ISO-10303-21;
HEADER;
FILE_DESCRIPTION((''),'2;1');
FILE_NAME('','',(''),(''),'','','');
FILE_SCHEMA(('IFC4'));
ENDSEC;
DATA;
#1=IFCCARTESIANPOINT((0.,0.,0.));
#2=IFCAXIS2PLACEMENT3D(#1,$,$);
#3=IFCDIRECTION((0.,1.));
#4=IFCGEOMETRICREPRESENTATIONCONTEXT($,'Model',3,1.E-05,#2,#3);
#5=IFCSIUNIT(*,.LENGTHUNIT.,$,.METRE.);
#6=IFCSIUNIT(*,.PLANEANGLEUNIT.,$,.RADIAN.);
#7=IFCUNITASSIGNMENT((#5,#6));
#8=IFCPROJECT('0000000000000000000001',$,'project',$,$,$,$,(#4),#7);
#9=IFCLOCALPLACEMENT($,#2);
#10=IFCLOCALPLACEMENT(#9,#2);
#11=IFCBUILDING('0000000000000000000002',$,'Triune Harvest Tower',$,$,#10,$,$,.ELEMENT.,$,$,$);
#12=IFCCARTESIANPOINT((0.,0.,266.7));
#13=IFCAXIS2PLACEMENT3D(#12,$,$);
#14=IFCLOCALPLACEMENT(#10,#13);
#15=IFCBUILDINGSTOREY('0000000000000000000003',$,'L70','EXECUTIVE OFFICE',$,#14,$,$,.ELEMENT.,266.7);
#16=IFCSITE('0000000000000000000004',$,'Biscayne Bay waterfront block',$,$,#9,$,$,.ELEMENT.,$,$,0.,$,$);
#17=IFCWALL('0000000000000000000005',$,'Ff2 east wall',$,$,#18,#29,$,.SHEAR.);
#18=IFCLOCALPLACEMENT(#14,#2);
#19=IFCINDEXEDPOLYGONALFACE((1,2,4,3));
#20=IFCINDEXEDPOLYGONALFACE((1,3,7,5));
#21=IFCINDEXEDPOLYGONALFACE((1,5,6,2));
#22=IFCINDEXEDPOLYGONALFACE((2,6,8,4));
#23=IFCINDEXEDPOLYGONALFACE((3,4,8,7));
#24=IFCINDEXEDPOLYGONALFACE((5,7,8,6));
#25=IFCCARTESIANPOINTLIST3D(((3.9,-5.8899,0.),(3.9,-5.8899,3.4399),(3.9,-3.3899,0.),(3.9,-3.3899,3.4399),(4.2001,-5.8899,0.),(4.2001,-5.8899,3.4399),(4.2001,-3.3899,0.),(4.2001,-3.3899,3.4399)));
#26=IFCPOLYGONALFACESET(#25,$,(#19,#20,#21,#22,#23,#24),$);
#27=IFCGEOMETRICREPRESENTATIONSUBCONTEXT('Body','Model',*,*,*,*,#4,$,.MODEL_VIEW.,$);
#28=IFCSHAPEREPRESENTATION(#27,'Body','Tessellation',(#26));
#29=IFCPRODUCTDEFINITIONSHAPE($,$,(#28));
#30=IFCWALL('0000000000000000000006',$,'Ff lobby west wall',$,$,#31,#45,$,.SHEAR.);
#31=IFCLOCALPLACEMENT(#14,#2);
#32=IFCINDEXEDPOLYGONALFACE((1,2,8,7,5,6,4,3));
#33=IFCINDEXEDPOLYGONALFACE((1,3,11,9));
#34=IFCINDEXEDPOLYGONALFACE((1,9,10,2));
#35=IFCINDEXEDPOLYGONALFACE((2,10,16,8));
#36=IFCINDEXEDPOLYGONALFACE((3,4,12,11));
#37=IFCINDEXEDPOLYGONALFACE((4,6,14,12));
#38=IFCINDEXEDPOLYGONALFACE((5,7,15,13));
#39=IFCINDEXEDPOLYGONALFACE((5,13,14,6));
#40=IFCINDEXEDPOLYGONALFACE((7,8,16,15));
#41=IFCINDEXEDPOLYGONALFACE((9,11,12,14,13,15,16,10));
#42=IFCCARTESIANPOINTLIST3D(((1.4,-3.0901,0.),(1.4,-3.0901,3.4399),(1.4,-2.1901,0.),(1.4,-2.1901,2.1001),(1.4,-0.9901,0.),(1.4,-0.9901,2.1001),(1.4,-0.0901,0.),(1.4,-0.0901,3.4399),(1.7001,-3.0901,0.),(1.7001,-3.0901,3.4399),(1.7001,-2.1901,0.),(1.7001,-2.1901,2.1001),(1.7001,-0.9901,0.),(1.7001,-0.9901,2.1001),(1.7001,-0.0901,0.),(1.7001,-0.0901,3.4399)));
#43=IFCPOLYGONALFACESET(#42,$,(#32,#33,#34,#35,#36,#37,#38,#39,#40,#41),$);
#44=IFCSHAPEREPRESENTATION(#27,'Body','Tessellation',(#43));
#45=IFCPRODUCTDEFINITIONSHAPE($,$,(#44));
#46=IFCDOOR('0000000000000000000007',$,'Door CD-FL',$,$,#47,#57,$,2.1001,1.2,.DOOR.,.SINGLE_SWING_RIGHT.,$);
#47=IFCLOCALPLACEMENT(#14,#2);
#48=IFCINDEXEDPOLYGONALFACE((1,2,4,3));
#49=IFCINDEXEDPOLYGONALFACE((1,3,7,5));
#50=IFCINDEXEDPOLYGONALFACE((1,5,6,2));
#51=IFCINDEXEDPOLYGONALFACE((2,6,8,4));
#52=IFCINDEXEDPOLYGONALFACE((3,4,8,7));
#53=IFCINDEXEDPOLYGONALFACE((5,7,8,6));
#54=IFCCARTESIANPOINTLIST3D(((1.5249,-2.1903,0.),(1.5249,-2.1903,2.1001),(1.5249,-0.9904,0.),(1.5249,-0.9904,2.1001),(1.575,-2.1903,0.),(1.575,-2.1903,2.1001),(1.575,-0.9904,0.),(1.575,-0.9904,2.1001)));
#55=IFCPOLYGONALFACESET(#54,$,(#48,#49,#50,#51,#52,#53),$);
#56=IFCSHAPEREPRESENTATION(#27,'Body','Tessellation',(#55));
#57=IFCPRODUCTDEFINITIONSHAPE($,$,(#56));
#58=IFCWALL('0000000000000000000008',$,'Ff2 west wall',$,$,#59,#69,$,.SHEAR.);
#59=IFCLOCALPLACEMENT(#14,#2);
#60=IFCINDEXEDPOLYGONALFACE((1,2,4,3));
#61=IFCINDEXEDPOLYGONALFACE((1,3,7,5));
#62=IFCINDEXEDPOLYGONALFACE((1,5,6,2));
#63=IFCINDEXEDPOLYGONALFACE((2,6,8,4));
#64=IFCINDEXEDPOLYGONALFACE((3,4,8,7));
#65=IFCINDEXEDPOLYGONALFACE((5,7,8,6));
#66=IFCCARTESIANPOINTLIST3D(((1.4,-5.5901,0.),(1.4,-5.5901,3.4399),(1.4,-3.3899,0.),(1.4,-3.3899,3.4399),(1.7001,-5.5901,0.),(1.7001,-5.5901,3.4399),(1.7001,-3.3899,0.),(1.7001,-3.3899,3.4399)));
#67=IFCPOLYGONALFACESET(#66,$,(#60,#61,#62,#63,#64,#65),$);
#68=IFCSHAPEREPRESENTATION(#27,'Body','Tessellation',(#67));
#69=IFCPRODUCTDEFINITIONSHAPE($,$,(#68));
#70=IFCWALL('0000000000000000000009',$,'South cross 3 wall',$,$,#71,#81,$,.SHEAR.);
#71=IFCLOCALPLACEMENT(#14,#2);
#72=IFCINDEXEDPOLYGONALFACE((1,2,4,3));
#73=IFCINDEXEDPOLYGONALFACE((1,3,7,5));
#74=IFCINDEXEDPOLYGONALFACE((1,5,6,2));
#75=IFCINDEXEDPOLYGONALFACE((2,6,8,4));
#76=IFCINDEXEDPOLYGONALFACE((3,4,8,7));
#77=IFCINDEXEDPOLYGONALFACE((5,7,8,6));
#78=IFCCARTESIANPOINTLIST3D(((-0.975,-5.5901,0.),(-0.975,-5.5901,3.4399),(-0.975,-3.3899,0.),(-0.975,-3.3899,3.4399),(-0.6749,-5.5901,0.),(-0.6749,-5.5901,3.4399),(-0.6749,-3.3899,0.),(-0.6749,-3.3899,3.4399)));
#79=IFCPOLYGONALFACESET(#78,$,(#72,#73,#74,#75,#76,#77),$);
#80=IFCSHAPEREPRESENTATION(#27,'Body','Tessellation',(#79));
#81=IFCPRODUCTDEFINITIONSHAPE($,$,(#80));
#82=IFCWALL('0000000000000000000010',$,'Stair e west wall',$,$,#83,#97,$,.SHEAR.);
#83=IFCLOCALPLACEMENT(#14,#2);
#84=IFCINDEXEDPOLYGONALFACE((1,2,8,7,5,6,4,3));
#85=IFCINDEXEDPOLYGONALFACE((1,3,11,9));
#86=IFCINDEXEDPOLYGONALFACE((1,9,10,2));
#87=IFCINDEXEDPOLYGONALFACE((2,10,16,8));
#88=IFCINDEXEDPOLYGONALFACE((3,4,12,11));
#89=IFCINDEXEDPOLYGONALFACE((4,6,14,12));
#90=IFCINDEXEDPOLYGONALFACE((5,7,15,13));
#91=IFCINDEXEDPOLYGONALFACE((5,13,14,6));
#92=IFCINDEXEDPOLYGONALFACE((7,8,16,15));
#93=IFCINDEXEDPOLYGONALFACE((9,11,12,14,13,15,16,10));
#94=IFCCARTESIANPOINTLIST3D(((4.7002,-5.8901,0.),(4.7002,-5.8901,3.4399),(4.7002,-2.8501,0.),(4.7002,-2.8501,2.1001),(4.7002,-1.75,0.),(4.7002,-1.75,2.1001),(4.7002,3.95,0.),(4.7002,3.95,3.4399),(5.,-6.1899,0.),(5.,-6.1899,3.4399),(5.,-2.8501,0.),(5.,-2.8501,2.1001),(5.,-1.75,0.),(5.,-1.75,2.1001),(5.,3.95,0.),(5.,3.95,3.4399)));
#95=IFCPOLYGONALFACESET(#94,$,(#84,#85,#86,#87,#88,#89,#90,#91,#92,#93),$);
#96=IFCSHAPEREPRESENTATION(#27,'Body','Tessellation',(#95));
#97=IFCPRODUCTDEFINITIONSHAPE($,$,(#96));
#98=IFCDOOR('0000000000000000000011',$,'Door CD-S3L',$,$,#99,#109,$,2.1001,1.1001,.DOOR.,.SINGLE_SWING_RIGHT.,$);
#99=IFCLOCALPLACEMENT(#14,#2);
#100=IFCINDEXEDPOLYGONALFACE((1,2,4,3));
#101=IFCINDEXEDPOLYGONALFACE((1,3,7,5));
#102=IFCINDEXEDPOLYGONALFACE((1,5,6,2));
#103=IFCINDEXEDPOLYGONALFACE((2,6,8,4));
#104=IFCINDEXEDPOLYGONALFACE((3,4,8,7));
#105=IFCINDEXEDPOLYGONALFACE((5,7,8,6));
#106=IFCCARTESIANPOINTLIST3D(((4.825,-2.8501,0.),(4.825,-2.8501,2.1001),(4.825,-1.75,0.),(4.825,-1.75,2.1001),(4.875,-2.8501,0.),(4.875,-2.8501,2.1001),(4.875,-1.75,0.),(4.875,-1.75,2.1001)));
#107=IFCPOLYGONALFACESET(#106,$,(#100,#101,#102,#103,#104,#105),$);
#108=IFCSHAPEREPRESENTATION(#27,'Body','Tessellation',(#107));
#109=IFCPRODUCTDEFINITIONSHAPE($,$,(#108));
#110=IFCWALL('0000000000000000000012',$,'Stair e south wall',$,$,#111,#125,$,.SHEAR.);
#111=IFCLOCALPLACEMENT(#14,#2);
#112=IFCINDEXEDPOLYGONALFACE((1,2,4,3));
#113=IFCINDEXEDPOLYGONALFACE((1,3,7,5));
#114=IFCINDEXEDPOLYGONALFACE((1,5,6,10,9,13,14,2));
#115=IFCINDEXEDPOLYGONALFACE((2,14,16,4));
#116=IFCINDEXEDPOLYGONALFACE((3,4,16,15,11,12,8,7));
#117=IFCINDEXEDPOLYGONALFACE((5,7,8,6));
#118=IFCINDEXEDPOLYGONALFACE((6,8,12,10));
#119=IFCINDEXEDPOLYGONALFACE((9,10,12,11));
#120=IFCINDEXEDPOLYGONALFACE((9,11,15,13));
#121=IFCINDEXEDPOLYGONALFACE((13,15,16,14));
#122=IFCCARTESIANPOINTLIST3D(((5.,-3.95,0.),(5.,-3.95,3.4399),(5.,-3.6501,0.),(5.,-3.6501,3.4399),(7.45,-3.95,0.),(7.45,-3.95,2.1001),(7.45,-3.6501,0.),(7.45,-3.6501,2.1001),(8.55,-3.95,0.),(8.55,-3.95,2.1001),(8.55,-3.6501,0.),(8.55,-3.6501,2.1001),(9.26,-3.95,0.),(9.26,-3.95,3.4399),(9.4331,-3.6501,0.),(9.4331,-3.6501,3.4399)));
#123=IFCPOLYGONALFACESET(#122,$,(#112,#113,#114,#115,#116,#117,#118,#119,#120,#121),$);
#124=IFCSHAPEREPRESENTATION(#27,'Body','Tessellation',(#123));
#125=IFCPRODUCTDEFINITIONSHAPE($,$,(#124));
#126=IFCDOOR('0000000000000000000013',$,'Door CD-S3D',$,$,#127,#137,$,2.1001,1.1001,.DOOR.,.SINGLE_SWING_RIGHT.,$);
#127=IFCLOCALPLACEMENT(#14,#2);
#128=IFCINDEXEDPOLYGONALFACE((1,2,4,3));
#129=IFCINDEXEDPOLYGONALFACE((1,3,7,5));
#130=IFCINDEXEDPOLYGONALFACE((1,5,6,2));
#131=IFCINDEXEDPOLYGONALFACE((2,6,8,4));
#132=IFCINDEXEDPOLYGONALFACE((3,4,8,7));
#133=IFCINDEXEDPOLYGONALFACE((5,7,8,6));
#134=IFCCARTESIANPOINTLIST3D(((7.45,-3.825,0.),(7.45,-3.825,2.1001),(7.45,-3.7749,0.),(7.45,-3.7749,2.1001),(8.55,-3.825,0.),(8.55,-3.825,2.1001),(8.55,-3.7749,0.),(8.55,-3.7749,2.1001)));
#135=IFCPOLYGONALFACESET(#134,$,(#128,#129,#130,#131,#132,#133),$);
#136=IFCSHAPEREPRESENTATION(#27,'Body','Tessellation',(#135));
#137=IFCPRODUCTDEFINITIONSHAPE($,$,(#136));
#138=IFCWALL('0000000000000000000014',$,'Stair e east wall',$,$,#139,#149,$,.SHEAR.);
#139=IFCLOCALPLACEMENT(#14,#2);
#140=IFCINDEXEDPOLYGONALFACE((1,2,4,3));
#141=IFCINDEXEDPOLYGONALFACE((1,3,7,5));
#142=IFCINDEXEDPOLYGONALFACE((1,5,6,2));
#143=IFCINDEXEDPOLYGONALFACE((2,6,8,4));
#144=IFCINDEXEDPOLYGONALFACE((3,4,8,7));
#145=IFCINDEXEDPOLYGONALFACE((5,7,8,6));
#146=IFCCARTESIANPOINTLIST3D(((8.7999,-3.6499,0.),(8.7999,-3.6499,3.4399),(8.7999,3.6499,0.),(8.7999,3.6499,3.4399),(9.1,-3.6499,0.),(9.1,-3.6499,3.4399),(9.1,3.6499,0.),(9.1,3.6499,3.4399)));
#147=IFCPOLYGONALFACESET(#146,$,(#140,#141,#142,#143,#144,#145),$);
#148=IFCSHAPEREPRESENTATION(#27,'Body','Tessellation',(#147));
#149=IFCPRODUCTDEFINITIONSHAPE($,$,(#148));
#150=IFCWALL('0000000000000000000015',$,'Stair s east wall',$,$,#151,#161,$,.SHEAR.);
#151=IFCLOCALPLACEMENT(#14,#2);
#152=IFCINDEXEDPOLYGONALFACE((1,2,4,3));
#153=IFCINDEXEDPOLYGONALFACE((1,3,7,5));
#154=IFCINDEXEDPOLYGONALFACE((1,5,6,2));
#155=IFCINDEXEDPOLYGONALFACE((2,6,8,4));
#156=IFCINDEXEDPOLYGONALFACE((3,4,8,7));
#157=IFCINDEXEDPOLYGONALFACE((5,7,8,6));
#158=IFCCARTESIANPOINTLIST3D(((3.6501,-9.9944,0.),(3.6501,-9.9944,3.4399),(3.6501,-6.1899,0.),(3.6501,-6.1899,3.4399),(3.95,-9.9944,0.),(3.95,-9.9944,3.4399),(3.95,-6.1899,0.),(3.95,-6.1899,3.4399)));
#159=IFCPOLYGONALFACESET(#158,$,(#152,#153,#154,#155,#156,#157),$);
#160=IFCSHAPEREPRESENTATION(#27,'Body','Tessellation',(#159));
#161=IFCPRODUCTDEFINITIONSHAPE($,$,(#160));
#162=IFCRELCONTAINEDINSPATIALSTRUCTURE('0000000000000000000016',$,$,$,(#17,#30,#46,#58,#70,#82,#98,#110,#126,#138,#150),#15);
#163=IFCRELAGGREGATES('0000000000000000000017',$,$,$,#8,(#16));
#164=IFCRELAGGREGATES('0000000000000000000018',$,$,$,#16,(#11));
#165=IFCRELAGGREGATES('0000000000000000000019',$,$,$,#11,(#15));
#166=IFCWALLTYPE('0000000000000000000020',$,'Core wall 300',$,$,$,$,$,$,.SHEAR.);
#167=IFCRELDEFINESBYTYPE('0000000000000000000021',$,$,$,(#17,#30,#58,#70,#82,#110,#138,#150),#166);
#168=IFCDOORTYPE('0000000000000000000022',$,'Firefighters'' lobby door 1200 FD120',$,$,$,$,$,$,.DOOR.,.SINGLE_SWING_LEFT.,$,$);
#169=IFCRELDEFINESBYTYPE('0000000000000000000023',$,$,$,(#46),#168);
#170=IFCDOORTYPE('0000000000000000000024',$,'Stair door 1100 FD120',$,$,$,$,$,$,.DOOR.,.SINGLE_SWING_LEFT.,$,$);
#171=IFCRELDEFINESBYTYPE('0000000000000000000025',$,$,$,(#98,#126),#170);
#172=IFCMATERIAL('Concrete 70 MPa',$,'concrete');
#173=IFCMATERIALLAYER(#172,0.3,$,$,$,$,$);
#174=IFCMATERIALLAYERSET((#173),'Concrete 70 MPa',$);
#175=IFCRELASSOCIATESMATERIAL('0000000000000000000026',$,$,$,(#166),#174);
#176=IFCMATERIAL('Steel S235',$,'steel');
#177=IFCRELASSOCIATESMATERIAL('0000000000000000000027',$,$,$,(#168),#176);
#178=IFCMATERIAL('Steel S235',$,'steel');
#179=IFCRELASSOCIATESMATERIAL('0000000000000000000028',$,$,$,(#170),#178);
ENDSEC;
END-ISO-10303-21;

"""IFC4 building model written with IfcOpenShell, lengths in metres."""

from ifc_helpers import new_model, si_unit, direction, frame, frame_2d, origin, place, context, subcontext, project, spatial, polyline, rectangle, outline, extrude, source, transform, mapped, material, layer, layer_set, type_object, element, fill, save


model = new_model("IFC4")

# Units and contexts
model_context = context("Model", 3, precision=1e-05, world=origin(), true_north=direction((0.0, 1.0)))
body_context = subcontext(model_context, "Body", "Model", "MODEL_VIEW")
ifc_project = project(units=[si_unit("LENGTHUNIT", "METRE"), si_unit("PLANEANGLEUNIT", "RADIAN")], contexts=[model_context])

# Site, building, storey
site_placement = place(None, origin())
site = spatial("IfcSite", under=ifc_project, at=site_placement, Name="Biscayne Bay waterfront block", CompositionType="ELEMENT", RefElevation=0.0)
building_placement = place(site_placement, origin())
building = spatial("IfcBuilding", under=site, at=building_placement, Name="Triune Harvest Tower", CompositionType="ELEMENT")
storey_placement = place(building_placement, frame((0.0, 0.0, 266.7)))
storey = spatial("IfcBuildingStorey", under=building, at=storey_placement, Name="L70", Description="EXECUTIVE OFFICE", CompositionType="ELEMENT", Elevation=266.7)

# Wall
ifc_material_1 = material(Name="Concrete 70 MPa", Category="concrete")
ifc_layer_1 = layer(ifc_material_1, 0.3)
ifc_layer_set_1 = layer_set([ifc_layer_1], Name="Concrete 70 MPa")
wall_type_1 = type_object("IfcWallType", Name="Core wall 300", PredefinedType="SHEAR", material=ifc_layer_set_1)
shared_shape_1 = source(origin(), body_context, "Body", "SweptSolid", [
    extrude(rectangle(XDim=2.5, YDim=0.3, at=frame_2d((1.25, 0.0))), origin(), (0.0, 0.0, 1.0), 3.4399),
])
wall_1_placement = place(storey_placement, frame((4.05, -5.8899, 0.0), z_axis=(0.0, 0.0, 1.0), x_axis=(0.0, 1.0, 0.0)))
element("IfcWall", 1, at=wall_1_placement, inside=storey, type_object=wall_type_1, Name="Ff2 east wall", PredefinedType="SHEAR", context=body_context, shape_type="MappedRepresentation", body=[
    mapped(shared_shape_1, transform((0.0, 0.0, 0.0), scale=1.0)),
])

# Wall, opening, door
shared_shape_2 = source(origin(), body_context, "Body", "SweptSolid", [
    extrude(rectangle(XDim=3.0, YDim=0.3, at=frame_2d((1.5, 0.0))), origin(), (0.0, 0.0, 1.0), 3.4399),
])
wall_2_placement = place(storey_placement, frame((1.55, -3.0901, 0.0), z_axis=(0.0, 0.0, 1.0), x_axis=(0.0, 1.0, 0.0)))
wall_2 = element("IfcWall", 2, at=wall_2_placement, inside=storey, type_object=wall_type_1, Name="Ff lobby west wall", PredefinedType="SHEAR", context=body_context, shape_type="MappedRepresentation", body=[
    mapped(shared_shape_2, transform((0.0, 0.0, 0.0), scale=1.0)),
])
opening_1_placement = place(wall_2_placement, frame((0.8999, 0.0, 0.0)))
opening_1 = element("IfcOpeningElement", 3, at=opening_1_placement, cuts=wall_2, PredefinedType="OPENING", context=body_context, shape_type="SweptSolid", body=[
    extrude(rectangle(XDim=1.2, YDim=2.1001, at=frame_2d((0.6001, 1.05))), frame((0.0, 0.1602, 0.0), z_axis=(0.0, -1.0, 0.0), x_axis=(1.0, 0.0, 0.0)), (0.0, 0.0, 1.0), 0.3201),
])
ifc_material_2 = material(Name="Steel S235", Category="steel")
door_type_1 = type_object("IfcDoorType", Name="Firefighters' lobby door 1200 FD120", OperationType="SINGLE_SWING_LEFT", PredefinedType="DOOR", material=ifc_material_2)
door_1_placement = place(opening_1_placement, frame((1.2, 0.0, 0.0), z_axis=(0.0, 0.0, 1.0), x_axis=(-1.0, 0.0, 0.0)))
door_1 = element("IfcDoor", 4, at=door_1_placement, inside=storey, type_object=door_type_1, Name="Door CD-FL", OperationType="SINGLE_SWING_RIGHT", OverallHeight=2.1001, OverallWidth=1.2, PredefinedType="DOOR", context=body_context, shape_type="SweptSolid", body=[
    extrude(rectangle(XDim=1.2, YDim=2.1001, at=frame_2d((0.6001, 1.05))), frame((0.0, 0.0249, 0.0), z_axis=(0.0, -1.0, 0.0), x_axis=(1.0, 0.0, 0.0)), (0.0, 0.0, 1.0), 0.05),
])
fill(opening_1, door_1)

# Walls
shared_shape_3 = source(origin(), body_context, "Body", "SweptSolid", [
    extrude(rectangle(XDim=2.2002, YDim=0.3, at=frame_2d((1.1001, 0.0))), origin(), (0.0, 0.0, 1.0), 3.4399),
])
for number, where, z_axis, x_axis, name in (
    (5, (1.55, -5.5901, 0.0), (0.0, 0.0, 1.0), (0.0, 1.0, 0.0), "Ff2 west wall"),
    (6, (-0.825, -5.5901, 0.0), (0.0, 0.0, 1.0), (0.0, 1.0, 0.0), "South cross 3 wall"),
):
    element("IfcWall", number, at=place(storey_placement, frame(where, z_axis=z_axis, x_axis=x_axis)), inside=storey, type_object=wall_type_1, Name=name, PredefinedType="SHEAR", context=body_context, shape_type="MappedRepresentation", body=[
        mapped(shared_shape_3, transform((0.0, 0.0, 0.0), scale=1.0)),
    ])

# Walls, openings, doors
shared_shape_4 = source(origin(), body_context, "Body", "SweptSolid", [
    extrude(outline(polyline([(-0.1499, -0.1499), (9.99, -0.1499), (9.99, 0.1499), (0.1499, 0.1499), (-0.1499, -0.1499)])), origin(), (0.0, 0.0, 1.0), 3.4399),
])
wall_3_placement = place(storey_placement, frame((4.8501, -6.04, 0.0), z_axis=(0.0, 0.0, 1.0), x_axis=(0.0, 1.0, 0.0)))
wall_3 = element("IfcWall", 7, at=wall_3_placement, inside=storey, type_object=wall_type_1, Name="Stair e west wall", PredefinedType="SHEAR", context=body_context, shape_type="MappedRepresentation", body=[
    mapped(shared_shape_4, transform((0.0, 0.0, 0.0), scale=1.0)),
])
opening_2_placement = place(wall_3_placement, frame((3.1899, 0.0, 0.0)))
opening_2 = element("IfcOpeningElement", 8, at=opening_2_placement, cuts=wall_3, PredefinedType="OPENING", context=body_context, shape_type="SweptSolid", body=[
    extrude(rectangle(XDim=1.1001, YDim=2.1001, at=frame_2d((0.55, 1.05))), frame((0.0, 0.1602, 0.0), z_axis=(0.0, -1.0, 0.0), x_axis=(1.0, 0.0, 0.0)), (0.0, 0.0, 1.0), 0.3201),
])
ifc_material_3 = material(Name="Steel S235", Category="steel")
door_type_2 = type_object("IfcDoorType", Name="Stair door 1100 FD120", OperationType="SINGLE_SWING_LEFT", PredefinedType="DOOR", material=ifc_material_3)
door_2_placement = place(opening_2_placement, frame((1.1001, 0.0, 0.0), z_axis=(0.0, 0.0, 1.0), x_axis=(-1.0, 0.0, 0.0)))
door_2 = element("IfcDoor", 9, at=door_2_placement, inside=storey, type_object=door_type_2, Name="Door CD-S3L", OperationType="SINGLE_SWING_RIGHT", OverallHeight=2.1001, OverallWidth=1.1001, PredefinedType="DOOR", context=body_context, shape_type="SweptSolid", body=[
    extrude(rectangle(XDim=1.1001, YDim=2.1001, at=frame_2d((0.55, 1.05))), frame((0.0, 0.0249, 0.0), z_axis=(0.0, -1.0, 0.0), x_axis=(1.0, 0.0, 0.0)), (0.0, 0.0, 1.0), 0.05),
])
fill(opening_2, door_2)
shared_shape_5 = source(origin(), body_context, "Body", "SweptSolid", [
    extrude(outline(polyline([(0.0, -0.1499), (0.0, 0.1499), (4.4331, 0.1499), (4.26, -0.1499), (0.0, -0.1499)])), origin(), (0.0, 0.0, 1.0), 3.4399),
])
wall_4_placement = place(storey_placement, frame((5.0, -3.8, 0.0), z_axis=(0.0, 0.0, 1.0), x_axis=(1.0, 0.0, 0.0)))
wall_4 = element("IfcWall", 10, at=wall_4_placement, inside=storey, type_object=wall_type_1, Name="Stair e south wall", PredefinedType="SHEAR", context=body_context, shape_type="MappedRepresentation", body=[
    mapped(shared_shape_5, transform((0.0, 0.0, 0.0), scale=1.0)),
])
opening_3_placement = place(wall_4_placement, frame((2.45, 0.0, 0.0)))
opening_3 = element("IfcOpeningElement", 11, at=opening_3_placement, cuts=wall_4, PredefinedType="OPENING", context=body_context, shape_type="SweptSolid", body=[
    extrude(rectangle(XDim=1.1001, YDim=2.1001, at=frame_2d((0.55, 1.05))), frame((0.0, 0.1602, 0.0), z_axis=(0.0, -1.0, 0.0), x_axis=(1.0, 0.0, 0.0)), (0.0, 0.0, 1.0), 0.3201),
])
door_3_placement = place(opening_3_placement, frame((1.1001, 0.0, 0.0), z_axis=(0.0, 0.0, 1.0), x_axis=(-1.0, 0.0, 0.0)))
door_3 = element("IfcDoor", 12, at=door_3_placement, inside=storey, type_object=door_type_2, Name="Door CD-S3D", OperationType="SINGLE_SWING_RIGHT", OverallHeight=2.1001, OverallWidth=1.1001, PredefinedType="DOOR", context=body_context, shape_type="SweptSolid", body=[
    extrude(rectangle(XDim=1.1001, YDim=2.1001, at=frame_2d((0.55, 1.05))), frame((0.0, 0.0249, 0.0), z_axis=(0.0, -1.0, 0.0), x_axis=(1.0, 0.0, 0.0)), (0.0, 0.0, 1.0), 0.05),
])
fill(opening_3, door_3)

# Walls
shared_shape_6 = source(origin(), body_context, "Body", "SweptSolid", [
    extrude(rectangle(XDim=7.2998, YDim=0.3, at=frame_2d((3.6499, 0.0))), origin(), (0.0, 0.0, 1.0), 3.4399),
])
wall_5_placement = place(storey_placement, frame((8.95, -3.6499, 0.0), z_axis=(0.0, 0.0, 1.0), x_axis=(0.0, 1.0, 0.0)))
element("IfcWall", 13, at=wall_5_placement, inside=storey, type_object=wall_type_1, Name="Stair e east wall", PredefinedType="SHEAR", context=body_context, shape_type="MappedRepresentation", body=[
    mapped(shared_shape_6, transform((0.0, 0.0, 0.0), scale=1.0)),
])
shared_shape_7 = source(origin(), body_context, "Body", "SweptSolid", [
    extrude(outline(polyline([(3.8, -0.1499), (-0.0044, -0.1499), (-0.0044, 0.1499), (3.8, 0.1499), (3.8, -0.1499)])), origin(), (0.0, 0.0, 1.0), 3.4399),
])
wall_6_placement = place(storey_placement, frame((3.8, -9.99, 0.0), z_axis=(0.0, 0.0, 1.0), x_axis=(0.0, 1.0, 0.0)))
element("IfcWall", 14, at=wall_6_placement, inside=storey, type_object=wall_type_1, Name="Stair s east wall", PredefinedType="SHEAR", context=body_context, shape_type="MappedRepresentation", body=[
    mapped(shared_shape_7, transform((0.0, 0.0, 0.0), scale=1.0)),
])

save(model, "model.ifc")
